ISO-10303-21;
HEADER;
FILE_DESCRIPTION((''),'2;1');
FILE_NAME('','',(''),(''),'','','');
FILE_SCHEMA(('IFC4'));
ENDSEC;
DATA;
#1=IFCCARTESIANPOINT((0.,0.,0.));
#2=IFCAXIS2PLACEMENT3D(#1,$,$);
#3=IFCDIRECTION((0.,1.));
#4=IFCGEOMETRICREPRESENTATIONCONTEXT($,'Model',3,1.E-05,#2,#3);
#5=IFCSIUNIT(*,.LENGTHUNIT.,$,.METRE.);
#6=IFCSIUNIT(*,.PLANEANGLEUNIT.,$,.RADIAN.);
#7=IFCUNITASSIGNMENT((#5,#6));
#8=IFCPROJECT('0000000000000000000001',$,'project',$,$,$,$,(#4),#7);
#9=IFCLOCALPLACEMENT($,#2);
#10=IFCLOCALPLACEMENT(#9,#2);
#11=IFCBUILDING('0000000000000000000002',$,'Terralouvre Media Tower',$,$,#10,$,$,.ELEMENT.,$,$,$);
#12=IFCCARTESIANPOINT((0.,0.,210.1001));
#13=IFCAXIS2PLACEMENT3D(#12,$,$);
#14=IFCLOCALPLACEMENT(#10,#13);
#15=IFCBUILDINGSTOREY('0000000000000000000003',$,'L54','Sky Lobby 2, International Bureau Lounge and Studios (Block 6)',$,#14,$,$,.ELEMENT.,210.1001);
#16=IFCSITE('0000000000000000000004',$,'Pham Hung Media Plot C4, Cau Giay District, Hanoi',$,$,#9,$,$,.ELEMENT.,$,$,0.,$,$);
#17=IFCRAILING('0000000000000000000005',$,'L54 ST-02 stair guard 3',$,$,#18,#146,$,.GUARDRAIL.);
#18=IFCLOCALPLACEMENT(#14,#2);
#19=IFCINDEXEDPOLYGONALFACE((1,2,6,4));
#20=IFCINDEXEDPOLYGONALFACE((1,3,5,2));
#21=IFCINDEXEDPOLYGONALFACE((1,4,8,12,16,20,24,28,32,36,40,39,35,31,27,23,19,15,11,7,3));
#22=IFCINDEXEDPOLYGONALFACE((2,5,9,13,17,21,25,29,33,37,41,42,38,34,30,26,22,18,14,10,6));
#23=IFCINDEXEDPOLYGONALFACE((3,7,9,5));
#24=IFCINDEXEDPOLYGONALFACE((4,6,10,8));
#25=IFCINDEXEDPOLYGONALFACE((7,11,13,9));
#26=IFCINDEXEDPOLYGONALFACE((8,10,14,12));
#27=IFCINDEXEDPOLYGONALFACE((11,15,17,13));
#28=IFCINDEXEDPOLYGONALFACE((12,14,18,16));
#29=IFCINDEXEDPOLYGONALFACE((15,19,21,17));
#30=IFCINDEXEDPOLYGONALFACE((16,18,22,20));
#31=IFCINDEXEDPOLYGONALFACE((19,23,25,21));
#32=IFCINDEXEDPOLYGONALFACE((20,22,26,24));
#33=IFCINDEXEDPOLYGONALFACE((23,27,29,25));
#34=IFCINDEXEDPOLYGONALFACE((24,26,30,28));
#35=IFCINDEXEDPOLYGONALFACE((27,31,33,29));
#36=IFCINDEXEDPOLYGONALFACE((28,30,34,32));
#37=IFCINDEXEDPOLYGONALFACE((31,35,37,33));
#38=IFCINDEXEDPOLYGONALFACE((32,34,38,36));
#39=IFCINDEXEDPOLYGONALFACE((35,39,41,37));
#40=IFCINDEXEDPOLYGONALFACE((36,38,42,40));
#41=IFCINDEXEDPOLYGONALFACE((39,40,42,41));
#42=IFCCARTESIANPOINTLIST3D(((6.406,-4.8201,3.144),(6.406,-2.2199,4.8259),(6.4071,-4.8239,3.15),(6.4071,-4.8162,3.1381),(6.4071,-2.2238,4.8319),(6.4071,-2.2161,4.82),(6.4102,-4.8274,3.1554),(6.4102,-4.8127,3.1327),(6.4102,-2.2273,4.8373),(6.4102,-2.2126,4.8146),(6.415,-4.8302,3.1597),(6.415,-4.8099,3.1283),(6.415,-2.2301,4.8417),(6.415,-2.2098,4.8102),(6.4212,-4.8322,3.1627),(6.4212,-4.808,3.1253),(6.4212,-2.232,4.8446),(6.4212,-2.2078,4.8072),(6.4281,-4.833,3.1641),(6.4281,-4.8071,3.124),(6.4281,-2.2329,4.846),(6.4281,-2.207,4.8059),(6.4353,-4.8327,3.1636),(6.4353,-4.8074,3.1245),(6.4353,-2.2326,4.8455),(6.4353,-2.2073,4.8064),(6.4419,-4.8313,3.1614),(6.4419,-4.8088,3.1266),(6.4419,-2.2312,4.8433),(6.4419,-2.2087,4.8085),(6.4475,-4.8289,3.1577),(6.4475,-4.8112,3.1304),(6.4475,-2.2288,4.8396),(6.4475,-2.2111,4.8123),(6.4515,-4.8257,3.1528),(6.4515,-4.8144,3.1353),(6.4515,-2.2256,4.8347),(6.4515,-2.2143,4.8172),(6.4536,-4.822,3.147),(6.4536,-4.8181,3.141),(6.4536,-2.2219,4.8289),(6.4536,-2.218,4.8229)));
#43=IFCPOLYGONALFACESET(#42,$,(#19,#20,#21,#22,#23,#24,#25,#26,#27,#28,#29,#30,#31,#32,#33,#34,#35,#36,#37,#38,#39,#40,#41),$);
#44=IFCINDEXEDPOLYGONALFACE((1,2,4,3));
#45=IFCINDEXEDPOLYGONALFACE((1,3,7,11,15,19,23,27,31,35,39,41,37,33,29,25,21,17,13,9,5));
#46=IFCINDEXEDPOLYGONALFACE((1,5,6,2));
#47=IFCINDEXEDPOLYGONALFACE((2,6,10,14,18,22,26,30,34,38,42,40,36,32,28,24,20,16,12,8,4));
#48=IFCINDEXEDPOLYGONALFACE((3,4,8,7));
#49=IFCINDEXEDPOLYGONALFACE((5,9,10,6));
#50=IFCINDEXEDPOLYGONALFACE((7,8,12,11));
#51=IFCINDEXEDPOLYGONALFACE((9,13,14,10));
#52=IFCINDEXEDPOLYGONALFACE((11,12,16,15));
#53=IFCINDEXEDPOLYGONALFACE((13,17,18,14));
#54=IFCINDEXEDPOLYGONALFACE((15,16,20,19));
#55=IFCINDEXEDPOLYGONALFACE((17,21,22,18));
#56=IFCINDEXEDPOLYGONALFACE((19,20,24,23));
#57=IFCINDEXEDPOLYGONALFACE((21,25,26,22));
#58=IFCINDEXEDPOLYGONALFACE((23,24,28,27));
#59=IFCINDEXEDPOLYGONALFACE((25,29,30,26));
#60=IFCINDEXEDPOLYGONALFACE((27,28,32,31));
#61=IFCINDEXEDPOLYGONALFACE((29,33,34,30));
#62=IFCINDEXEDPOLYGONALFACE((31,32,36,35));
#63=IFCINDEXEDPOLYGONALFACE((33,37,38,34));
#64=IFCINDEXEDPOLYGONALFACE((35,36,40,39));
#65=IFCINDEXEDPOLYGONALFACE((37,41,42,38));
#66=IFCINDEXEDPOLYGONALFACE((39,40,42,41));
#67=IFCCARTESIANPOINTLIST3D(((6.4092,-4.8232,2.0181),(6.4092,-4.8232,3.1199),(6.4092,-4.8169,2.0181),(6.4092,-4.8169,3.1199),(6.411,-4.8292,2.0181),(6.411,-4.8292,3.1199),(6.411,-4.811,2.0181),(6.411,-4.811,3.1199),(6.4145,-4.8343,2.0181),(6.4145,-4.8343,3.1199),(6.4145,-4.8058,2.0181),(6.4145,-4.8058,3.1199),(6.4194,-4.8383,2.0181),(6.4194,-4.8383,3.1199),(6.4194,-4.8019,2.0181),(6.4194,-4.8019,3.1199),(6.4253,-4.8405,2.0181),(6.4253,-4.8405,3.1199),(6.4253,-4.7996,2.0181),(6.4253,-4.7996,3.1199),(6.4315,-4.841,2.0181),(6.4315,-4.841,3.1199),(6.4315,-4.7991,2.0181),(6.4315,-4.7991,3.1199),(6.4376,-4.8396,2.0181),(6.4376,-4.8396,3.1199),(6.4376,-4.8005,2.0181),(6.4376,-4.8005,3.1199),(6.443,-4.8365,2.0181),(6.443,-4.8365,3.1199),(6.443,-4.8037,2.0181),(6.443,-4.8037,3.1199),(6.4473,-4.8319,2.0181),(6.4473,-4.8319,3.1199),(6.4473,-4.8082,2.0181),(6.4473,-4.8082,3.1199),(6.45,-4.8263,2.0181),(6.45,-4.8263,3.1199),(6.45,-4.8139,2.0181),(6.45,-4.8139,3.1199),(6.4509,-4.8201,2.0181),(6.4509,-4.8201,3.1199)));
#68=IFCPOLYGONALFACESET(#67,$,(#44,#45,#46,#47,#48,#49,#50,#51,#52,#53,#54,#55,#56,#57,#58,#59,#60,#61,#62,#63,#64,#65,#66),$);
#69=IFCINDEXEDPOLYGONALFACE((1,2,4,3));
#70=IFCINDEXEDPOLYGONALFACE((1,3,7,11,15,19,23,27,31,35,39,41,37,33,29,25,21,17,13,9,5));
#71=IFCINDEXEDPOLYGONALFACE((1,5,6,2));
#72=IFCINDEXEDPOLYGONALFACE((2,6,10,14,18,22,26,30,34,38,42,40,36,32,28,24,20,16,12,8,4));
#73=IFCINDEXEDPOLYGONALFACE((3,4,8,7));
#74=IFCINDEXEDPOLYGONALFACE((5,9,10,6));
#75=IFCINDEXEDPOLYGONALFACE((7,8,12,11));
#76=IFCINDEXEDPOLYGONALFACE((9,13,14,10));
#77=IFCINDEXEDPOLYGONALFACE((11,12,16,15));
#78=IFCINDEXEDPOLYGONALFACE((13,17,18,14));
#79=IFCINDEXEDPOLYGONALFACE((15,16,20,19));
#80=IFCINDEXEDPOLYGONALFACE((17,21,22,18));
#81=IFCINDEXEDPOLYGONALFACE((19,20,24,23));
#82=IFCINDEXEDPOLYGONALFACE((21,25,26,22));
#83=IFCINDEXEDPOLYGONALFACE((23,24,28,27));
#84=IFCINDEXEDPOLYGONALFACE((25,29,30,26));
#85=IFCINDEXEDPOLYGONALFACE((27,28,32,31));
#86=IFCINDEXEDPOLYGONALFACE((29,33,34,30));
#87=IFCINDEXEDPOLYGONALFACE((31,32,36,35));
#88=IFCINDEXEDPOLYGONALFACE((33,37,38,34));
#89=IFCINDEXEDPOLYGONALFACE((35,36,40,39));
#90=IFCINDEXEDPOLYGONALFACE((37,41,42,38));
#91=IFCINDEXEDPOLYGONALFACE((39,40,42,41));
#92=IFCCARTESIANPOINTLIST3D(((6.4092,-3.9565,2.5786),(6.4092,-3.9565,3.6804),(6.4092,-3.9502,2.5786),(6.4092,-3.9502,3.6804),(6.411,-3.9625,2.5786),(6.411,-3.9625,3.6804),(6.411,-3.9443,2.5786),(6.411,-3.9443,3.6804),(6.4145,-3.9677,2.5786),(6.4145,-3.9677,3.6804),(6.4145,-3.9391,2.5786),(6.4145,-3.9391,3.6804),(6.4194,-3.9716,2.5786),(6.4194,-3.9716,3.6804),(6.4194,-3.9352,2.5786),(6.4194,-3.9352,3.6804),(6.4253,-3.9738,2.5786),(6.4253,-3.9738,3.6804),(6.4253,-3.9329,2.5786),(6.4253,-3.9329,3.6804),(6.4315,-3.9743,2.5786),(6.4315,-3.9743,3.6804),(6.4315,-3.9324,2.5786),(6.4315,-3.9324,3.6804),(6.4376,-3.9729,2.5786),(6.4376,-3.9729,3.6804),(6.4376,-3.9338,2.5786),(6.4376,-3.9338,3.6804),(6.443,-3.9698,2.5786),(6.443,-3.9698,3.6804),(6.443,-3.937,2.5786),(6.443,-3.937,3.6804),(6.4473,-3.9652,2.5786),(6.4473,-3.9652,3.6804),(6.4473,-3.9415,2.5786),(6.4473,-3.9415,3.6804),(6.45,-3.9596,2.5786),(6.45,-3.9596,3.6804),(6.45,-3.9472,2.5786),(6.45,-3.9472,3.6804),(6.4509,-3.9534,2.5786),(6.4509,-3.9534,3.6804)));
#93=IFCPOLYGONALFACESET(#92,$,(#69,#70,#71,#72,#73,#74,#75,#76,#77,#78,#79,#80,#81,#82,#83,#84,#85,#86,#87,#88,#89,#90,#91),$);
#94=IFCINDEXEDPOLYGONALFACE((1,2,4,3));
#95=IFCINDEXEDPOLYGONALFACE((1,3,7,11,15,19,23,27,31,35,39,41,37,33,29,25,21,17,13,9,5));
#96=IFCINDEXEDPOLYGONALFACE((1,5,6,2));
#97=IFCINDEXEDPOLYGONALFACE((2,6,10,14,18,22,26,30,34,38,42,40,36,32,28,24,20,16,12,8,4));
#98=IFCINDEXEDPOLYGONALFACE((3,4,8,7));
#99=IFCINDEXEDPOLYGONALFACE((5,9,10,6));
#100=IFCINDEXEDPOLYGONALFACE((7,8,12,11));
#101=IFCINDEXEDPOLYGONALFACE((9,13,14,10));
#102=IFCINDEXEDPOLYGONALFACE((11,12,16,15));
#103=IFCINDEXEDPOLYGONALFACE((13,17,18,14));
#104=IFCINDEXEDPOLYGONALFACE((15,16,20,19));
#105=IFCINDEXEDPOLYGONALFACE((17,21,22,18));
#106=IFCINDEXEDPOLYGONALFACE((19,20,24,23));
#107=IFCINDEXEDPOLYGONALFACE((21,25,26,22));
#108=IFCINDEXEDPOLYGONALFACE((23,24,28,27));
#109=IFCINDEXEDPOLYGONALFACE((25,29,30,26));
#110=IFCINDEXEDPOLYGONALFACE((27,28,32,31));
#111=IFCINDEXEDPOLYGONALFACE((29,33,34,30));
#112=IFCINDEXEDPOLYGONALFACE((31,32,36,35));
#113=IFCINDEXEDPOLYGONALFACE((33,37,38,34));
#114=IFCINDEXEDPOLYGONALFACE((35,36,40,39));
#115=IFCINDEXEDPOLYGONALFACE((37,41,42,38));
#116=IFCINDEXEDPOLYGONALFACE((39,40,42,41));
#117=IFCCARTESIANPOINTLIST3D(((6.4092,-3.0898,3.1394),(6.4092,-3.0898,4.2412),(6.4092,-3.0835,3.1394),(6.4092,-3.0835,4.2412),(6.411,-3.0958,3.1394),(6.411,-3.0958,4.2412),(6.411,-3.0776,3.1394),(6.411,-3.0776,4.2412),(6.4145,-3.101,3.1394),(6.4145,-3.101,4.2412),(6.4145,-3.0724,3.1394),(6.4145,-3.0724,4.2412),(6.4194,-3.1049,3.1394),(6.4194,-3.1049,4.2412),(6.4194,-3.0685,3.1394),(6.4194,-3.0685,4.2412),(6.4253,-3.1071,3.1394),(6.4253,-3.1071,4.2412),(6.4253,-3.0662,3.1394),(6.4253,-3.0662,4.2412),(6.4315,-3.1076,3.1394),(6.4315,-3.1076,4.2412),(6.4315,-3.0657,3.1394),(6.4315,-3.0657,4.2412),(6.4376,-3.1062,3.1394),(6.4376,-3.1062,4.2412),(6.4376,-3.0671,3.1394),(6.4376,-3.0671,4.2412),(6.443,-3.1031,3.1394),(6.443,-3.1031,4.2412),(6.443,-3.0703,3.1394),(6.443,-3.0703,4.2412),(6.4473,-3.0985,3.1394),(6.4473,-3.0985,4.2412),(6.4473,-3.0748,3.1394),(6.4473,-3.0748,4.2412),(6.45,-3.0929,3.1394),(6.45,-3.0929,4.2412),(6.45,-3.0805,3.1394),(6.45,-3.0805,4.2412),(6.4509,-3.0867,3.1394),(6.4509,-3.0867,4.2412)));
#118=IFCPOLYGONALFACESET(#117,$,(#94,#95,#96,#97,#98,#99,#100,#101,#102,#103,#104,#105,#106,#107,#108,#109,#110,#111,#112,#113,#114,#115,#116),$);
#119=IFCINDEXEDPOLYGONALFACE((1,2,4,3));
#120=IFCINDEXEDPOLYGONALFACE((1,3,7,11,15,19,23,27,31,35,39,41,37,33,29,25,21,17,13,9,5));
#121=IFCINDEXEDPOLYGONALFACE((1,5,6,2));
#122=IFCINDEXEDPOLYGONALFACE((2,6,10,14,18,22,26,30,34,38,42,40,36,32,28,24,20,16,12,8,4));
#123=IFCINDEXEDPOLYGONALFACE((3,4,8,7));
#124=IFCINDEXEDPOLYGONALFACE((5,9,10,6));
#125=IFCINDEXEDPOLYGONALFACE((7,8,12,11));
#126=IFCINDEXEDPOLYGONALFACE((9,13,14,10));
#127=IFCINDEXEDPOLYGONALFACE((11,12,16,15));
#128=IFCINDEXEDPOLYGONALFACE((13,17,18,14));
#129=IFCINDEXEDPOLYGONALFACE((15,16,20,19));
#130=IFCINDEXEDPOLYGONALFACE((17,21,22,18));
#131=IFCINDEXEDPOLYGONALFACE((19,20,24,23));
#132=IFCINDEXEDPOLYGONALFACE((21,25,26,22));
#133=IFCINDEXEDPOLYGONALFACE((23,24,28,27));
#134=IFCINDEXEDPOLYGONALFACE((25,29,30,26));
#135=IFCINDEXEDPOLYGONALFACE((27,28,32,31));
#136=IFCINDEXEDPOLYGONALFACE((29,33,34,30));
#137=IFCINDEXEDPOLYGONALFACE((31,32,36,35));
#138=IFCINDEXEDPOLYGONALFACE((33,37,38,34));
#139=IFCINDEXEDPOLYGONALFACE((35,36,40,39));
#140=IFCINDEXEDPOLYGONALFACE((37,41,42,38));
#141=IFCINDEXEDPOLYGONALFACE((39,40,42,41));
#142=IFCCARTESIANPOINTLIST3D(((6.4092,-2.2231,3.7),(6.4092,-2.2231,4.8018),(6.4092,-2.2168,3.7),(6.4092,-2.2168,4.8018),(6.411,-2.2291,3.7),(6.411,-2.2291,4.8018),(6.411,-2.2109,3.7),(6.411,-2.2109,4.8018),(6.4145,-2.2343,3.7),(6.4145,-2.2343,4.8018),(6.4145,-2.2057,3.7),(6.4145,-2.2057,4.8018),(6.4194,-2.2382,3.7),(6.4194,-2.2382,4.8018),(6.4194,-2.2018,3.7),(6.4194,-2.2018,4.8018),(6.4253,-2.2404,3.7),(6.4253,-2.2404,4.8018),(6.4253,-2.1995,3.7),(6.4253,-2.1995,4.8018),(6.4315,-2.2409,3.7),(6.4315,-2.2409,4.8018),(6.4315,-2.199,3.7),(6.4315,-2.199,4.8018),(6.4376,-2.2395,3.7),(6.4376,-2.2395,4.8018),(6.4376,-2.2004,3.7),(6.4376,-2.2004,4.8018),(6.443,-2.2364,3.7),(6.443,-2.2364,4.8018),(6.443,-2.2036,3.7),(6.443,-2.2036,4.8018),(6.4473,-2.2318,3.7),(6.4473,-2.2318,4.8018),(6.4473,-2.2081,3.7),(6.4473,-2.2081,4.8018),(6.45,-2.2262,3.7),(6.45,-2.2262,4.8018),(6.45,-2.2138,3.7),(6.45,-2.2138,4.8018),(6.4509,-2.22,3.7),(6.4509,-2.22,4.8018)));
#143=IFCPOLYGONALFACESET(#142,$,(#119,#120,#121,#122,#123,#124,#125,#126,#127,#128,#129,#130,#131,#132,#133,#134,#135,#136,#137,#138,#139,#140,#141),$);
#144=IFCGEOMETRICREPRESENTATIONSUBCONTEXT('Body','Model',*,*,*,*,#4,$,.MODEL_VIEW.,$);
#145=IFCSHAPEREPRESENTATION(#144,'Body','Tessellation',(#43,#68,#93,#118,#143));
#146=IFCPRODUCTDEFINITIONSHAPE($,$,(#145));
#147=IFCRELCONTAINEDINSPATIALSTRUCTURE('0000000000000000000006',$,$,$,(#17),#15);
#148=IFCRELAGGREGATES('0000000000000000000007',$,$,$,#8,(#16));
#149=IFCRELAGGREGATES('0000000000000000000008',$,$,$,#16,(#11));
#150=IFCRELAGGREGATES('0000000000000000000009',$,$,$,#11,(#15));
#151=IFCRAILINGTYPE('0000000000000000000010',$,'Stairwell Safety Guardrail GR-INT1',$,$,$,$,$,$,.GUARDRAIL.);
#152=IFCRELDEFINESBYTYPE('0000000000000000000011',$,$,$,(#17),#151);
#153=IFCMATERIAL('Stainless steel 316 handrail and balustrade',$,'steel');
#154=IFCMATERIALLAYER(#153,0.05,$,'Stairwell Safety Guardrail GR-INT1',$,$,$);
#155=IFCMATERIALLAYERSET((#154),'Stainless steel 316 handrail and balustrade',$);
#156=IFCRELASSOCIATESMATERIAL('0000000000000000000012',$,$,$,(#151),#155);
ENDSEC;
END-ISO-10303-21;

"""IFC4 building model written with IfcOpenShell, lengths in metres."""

from ifc_helpers import new_model, si_unit, direction, frame, origin, origin_2d, place, context, subcontext, project, spatial, circle, extrude, material, layer, layer_set, type_object, element, save


model = new_model("IFC4")

# Units and contexts
model_context = context("Model", 3, precision=1e-05, world=origin(), true_north=direction((0.0, 1.0)))
body_context = subcontext(model_context, "Body", "Model", "MODEL_VIEW")
ifc_project = project(units=[si_unit("LENGTHUNIT", "METRE"), si_unit("PLANEANGLEUNIT", "RADIAN")], contexts=[model_context])

# Site, building, storey
site_placement = place(None, origin())
site = spatial("IfcSite", under=ifc_project, at=site_placement, Name="Pham Hung Media Plot C4, Cau Giay District, Hanoi", CompositionType="ELEMENT", RefElevation=0.0)
building_placement = place(site_placement, origin())
building = spatial("IfcBuilding", under=site, at=building_placement, Name="Terralouvre Media Tower", CompositionType="ELEMENT")
storey_placement = place(building_placement, frame((0.0, 0.0, 210.1001)))
storey = spatial("IfcBuildingStorey", under=building, at=storey_placement, Name="L54", Description="Sky Lobby 2, International Bureau Lounge and Studios (Block 6)", CompositionType="ELEMENT", Elevation=210.1001)

# Railing
ifc_material_1 = material(Name="Stainless steel 316 handrail and balustrade", Category="steel")
ifc_layer_1 = layer(ifc_material_1, 0.05, Name="Stairwell Safety Guardrail GR-INT1")
ifc_layer_set_1 = layer_set([ifc_layer_1], Name="Stainless steel 316 handrail and balustrade")
railing_type_1 = type_object("IfcRailingType", Name="Stairwell Safety Guardrail GR-INT1", PredefinedType="GUARDRAIL", material=ifc_layer_set_1)
railing_1_placement = place(storey_placement, frame((6.4299, -4.8201, 2.0181)))
element("IfcRailing", 1, at=railing_1_placement, inside=storey, type_object=railing_type_1, Name="L54 ST-02 stair guard 3", PredefinedType="GUARDRAIL", context=body_context, shape_type="SweptSolid", body=[
    extrude(circle(Radius=0.0239, at=origin_2d()), frame((0.0, 0.0, 1.126), z_axis=(0.0, 0.839648, 0.54313), x_axis=(-1.0, 0.0, 0.0)), (0.0, 0.0, 1.0), 3.0967),
    extrude(circle(Radius=0.021, at=origin_2d()), origin(), (0.0, 0.0, 1.0), 1.1018),
    extrude(circle(Radius=0.021, at=origin_2d()), frame((0.0, 0.8667, 0.5605)), (0.0, 0.0, 1.0), 1.1018),
    extrude(circle(Radius=0.021, at=origin_2d()), frame((0.0, 1.7334, 1.1213)), (0.0, 0.0, 1.0), 1.1018),
    extrude(circle(Radius=0.021, at=origin_2d()), frame((0.0, 2.6001, 1.6819)), (0.0, 0.0, 1.0), 1.1018),
])

save(model, "model.ifc")
